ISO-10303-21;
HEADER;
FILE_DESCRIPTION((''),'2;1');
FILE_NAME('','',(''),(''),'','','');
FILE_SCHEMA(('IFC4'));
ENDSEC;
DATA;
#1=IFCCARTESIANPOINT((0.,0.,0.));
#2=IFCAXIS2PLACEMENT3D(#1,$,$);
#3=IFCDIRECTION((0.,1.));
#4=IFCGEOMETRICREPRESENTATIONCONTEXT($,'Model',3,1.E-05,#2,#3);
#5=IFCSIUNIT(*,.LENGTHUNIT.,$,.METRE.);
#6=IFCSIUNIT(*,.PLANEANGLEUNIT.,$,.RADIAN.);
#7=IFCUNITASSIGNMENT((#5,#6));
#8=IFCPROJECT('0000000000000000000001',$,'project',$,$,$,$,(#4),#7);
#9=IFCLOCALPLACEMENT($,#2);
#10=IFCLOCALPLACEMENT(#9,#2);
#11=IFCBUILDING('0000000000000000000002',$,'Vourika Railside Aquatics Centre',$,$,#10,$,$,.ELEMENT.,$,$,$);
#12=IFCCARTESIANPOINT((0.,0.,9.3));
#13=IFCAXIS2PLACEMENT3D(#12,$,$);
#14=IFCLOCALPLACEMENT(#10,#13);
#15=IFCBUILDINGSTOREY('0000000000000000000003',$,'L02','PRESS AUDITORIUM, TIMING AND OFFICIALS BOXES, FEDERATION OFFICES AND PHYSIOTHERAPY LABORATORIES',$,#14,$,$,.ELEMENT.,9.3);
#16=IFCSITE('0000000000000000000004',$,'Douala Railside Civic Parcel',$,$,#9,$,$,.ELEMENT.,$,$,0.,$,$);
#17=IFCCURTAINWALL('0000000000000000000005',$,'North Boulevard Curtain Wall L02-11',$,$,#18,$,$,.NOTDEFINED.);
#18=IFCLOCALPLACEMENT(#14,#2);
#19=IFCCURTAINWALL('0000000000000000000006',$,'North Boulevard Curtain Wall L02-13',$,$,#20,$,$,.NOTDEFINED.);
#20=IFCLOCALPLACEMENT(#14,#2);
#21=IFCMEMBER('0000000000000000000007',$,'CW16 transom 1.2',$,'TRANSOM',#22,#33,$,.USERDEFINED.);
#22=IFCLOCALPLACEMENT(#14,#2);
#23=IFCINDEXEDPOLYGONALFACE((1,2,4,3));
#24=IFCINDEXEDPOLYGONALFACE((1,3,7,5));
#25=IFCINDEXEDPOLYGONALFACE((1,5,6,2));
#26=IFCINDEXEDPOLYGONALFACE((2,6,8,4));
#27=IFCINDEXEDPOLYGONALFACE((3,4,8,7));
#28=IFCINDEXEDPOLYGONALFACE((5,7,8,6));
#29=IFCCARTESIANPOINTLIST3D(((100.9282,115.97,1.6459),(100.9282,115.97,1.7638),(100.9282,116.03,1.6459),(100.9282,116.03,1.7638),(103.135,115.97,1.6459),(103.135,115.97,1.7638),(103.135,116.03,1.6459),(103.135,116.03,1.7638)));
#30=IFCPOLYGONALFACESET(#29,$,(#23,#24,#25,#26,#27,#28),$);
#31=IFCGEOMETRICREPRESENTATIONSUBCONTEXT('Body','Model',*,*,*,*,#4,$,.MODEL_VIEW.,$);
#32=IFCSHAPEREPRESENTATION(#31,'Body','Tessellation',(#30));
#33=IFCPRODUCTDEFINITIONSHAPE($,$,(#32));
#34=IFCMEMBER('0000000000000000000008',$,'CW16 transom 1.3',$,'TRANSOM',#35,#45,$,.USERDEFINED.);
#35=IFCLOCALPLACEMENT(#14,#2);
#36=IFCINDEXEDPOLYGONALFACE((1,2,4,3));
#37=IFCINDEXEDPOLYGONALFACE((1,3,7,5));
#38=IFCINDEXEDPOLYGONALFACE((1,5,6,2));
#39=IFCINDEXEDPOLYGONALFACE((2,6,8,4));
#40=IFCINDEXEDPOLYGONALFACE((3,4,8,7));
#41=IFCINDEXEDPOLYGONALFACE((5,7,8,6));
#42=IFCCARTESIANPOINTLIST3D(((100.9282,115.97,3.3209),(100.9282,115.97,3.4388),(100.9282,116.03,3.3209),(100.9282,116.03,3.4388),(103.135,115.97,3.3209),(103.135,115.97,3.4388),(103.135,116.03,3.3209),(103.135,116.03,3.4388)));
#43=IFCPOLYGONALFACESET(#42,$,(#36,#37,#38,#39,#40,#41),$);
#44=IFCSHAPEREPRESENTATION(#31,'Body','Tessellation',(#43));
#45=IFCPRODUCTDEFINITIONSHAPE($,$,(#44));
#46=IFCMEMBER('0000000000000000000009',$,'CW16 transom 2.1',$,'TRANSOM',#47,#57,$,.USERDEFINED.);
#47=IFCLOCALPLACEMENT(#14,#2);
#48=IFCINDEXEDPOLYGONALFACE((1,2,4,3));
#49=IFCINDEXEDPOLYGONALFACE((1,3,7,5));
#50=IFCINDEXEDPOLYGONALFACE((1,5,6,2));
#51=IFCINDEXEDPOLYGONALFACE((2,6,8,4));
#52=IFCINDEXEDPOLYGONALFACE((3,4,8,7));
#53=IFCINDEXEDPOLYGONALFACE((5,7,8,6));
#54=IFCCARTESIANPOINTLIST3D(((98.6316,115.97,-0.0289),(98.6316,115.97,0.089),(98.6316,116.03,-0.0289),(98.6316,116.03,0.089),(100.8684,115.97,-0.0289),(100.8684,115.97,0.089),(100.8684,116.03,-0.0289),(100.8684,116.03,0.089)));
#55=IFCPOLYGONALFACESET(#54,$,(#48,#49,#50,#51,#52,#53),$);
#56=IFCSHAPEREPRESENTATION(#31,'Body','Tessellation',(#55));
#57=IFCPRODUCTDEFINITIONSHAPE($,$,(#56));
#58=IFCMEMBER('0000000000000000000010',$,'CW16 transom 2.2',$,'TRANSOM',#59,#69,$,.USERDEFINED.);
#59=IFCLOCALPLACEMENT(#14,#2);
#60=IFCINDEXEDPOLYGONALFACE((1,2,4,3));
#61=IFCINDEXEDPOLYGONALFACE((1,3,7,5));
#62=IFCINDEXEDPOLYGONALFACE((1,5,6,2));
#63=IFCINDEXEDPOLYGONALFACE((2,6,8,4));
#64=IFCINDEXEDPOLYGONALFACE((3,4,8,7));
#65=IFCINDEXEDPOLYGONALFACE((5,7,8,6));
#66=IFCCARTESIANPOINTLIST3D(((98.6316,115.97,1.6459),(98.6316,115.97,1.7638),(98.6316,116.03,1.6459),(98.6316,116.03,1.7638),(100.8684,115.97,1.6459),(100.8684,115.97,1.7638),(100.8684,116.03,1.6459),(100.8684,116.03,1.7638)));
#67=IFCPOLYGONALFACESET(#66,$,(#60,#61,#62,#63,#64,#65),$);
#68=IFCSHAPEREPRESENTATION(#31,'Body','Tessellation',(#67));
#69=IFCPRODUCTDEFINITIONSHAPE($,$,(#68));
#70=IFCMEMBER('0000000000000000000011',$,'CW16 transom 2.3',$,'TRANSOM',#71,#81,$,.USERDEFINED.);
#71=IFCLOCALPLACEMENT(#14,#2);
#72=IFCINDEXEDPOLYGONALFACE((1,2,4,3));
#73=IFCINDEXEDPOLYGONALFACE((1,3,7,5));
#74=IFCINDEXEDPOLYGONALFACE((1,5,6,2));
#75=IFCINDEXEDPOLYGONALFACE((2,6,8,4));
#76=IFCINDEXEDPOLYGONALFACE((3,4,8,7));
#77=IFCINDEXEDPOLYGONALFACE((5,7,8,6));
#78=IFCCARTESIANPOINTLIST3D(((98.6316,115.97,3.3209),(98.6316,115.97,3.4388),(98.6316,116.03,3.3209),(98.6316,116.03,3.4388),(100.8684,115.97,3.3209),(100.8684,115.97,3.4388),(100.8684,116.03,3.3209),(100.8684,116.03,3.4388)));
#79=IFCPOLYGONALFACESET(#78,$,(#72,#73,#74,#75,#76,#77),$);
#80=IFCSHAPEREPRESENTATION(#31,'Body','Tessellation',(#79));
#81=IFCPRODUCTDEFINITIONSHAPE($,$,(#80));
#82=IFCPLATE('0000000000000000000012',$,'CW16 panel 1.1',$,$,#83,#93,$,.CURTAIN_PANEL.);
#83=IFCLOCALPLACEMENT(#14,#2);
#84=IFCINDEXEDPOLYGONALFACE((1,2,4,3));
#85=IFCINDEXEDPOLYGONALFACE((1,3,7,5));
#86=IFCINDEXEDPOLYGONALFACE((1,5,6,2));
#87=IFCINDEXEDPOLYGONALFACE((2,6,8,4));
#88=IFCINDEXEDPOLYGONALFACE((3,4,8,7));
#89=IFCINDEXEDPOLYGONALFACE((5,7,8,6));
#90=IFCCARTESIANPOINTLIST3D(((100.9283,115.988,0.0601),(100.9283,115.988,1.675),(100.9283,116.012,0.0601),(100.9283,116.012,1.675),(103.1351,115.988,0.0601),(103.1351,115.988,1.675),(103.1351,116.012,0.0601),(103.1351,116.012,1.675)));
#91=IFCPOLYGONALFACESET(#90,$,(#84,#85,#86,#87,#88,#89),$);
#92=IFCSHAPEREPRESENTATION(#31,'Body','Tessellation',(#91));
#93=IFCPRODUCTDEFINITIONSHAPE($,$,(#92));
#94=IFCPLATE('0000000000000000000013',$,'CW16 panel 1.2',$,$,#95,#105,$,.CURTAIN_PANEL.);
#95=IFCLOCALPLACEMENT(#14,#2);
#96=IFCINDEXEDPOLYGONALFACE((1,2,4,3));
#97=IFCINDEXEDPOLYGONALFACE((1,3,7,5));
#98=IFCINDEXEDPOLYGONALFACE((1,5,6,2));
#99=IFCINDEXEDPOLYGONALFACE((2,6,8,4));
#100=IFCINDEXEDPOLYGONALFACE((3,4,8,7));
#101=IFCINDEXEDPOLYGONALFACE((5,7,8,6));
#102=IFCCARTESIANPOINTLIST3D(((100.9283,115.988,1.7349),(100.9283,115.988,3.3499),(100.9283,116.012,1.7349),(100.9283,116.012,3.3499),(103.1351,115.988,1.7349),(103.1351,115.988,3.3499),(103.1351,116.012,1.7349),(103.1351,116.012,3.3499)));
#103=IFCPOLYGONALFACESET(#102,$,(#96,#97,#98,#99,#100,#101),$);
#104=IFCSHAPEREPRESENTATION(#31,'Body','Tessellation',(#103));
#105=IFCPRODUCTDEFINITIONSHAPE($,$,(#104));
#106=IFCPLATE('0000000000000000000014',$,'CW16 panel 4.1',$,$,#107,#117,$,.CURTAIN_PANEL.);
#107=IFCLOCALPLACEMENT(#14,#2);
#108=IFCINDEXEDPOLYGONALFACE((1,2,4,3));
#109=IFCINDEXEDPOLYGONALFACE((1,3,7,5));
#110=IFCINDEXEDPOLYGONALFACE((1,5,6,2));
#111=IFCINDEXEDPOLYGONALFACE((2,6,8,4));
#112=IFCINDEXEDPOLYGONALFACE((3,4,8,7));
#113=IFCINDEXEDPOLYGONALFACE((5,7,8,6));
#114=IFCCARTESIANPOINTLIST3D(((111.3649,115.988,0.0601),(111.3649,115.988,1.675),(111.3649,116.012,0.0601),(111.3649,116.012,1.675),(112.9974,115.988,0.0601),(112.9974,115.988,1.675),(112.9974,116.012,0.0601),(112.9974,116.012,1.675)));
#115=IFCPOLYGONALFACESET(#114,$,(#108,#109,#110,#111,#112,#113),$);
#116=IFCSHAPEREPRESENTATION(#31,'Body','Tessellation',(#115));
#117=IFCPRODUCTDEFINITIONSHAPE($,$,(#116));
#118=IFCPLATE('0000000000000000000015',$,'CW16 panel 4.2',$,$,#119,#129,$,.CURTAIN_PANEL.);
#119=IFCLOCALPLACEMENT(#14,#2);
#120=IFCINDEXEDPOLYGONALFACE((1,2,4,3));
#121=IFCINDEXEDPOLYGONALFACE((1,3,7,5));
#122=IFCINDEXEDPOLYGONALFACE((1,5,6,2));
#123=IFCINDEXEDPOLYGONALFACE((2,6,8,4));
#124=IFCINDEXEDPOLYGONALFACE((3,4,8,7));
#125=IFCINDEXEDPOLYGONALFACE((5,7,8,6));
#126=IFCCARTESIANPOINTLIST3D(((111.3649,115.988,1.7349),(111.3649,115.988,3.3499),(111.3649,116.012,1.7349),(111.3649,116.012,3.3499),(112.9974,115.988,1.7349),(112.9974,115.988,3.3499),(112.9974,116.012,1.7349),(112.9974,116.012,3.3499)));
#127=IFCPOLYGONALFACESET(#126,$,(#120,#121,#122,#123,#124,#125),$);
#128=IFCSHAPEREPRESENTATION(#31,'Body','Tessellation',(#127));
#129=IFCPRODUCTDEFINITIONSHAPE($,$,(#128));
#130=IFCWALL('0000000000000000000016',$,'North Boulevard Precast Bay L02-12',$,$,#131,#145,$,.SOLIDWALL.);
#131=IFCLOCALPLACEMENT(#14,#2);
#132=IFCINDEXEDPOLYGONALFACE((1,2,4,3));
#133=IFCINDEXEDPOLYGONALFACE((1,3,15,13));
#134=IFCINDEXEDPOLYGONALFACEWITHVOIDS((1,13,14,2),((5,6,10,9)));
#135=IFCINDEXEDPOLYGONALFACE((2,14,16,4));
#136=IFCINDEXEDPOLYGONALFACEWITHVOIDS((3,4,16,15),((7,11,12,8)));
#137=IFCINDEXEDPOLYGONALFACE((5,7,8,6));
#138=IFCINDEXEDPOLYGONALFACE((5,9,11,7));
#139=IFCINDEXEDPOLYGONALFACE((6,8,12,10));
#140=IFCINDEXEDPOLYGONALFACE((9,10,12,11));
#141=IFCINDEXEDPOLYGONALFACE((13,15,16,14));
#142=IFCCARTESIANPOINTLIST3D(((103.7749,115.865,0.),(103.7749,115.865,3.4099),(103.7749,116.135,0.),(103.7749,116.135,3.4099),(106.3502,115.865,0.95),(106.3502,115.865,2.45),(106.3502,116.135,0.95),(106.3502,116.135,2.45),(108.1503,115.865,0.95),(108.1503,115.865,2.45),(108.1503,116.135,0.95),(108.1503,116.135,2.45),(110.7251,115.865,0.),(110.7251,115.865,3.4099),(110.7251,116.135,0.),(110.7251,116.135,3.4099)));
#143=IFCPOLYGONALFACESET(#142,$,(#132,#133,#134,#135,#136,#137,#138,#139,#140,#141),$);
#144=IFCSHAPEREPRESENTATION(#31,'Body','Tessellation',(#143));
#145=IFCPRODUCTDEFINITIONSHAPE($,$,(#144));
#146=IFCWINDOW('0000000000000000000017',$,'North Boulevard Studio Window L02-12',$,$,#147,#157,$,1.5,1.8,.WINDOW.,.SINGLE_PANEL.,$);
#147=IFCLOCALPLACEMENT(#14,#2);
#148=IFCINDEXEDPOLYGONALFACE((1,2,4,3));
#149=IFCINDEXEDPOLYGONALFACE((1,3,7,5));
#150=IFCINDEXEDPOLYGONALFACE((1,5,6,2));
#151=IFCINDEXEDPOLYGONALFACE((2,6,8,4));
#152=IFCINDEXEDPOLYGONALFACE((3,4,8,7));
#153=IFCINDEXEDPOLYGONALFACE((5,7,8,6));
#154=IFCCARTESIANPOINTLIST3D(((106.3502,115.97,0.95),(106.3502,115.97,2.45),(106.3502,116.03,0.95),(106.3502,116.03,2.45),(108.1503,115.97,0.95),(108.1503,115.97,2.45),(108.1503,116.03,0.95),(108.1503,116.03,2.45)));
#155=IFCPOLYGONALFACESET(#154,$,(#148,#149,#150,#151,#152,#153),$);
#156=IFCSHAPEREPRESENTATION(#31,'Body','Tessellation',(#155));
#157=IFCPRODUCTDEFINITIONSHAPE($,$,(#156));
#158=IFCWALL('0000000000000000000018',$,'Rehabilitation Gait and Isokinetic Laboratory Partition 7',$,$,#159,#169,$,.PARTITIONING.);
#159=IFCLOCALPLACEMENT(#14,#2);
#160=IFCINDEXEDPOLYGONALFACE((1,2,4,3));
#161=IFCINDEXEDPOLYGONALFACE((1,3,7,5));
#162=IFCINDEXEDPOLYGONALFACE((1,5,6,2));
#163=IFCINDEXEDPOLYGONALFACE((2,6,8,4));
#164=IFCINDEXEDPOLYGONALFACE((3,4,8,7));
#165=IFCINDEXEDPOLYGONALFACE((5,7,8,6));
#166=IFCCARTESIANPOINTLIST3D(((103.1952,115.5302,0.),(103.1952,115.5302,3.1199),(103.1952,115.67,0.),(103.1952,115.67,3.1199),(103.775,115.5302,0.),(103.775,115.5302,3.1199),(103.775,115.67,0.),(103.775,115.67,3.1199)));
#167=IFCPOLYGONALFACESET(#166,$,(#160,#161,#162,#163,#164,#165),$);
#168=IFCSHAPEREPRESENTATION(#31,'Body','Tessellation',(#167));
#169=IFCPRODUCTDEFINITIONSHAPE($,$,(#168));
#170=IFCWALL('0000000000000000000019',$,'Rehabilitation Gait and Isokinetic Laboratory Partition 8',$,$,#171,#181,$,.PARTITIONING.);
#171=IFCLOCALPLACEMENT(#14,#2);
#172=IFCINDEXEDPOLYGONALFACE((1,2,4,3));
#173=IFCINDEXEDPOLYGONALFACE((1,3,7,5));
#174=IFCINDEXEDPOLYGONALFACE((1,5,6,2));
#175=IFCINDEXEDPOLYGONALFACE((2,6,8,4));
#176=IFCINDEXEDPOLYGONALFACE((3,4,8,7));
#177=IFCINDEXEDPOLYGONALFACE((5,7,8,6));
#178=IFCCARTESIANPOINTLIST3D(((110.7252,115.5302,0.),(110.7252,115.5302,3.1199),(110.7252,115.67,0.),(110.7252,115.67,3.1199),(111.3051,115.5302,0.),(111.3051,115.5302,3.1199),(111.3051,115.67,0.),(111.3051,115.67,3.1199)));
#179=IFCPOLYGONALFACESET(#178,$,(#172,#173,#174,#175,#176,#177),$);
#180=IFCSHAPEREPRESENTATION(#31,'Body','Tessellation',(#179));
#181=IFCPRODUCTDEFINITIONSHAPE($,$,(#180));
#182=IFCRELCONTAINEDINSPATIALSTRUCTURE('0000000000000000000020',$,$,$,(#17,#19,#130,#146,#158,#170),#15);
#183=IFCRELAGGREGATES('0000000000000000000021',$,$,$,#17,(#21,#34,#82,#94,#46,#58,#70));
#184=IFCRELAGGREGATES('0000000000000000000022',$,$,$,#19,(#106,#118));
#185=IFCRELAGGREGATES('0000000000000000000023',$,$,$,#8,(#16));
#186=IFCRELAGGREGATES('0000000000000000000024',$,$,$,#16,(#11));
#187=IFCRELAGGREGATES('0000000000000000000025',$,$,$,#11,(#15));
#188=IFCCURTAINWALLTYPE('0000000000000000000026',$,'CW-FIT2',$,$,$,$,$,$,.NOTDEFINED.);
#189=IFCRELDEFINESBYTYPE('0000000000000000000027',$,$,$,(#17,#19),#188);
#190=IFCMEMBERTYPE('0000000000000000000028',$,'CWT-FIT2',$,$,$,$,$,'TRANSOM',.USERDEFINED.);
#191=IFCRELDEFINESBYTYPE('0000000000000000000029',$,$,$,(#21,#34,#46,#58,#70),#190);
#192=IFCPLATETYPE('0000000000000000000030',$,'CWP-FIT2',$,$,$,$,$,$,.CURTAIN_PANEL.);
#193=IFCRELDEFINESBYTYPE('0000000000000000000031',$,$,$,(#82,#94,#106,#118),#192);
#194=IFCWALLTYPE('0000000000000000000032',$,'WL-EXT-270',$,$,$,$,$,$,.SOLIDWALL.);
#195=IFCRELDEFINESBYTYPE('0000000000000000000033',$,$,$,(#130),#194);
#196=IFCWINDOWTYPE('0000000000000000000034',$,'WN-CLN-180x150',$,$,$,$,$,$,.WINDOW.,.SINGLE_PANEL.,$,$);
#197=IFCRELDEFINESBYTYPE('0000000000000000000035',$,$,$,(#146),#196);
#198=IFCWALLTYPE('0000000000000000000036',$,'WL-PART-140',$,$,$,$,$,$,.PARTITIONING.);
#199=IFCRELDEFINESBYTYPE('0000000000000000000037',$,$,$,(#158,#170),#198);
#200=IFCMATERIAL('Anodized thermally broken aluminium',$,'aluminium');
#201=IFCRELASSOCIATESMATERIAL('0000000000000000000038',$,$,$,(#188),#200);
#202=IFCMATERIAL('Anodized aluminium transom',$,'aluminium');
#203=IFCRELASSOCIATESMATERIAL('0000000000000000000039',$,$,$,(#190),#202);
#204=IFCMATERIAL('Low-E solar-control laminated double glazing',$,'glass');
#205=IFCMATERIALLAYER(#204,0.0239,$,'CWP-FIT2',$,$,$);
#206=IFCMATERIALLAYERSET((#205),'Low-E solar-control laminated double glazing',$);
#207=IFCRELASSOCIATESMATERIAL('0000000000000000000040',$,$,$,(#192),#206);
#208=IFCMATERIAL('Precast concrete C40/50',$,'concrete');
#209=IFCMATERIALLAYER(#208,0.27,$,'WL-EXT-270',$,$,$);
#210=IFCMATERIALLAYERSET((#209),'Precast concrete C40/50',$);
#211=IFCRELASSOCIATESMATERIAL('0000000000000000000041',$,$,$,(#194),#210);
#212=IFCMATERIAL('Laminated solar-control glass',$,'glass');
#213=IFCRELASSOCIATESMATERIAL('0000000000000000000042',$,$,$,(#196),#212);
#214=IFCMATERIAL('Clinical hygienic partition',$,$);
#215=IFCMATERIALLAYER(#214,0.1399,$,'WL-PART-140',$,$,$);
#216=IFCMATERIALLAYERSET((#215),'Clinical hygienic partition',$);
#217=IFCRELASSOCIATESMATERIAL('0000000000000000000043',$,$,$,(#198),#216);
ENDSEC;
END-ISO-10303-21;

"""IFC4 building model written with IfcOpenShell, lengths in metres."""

from ifc_helpers import new_model, si_unit, direction, frame, frame_2d, origin, origin_2d, place, context, subcontext, project, spatial, rectangle, extrude, material, layer, layer_set, material_profile, profile_set, type_object, element, fill, aggregate, save


model = new_model("IFC4")

# Units and contexts
model_context = context("Model", 3, precision=1e-05, world=origin(), true_north=direction((0.0, 1.0)))
body_context = subcontext(model_context, "Body", "Model", "MODEL_VIEW")
ifc_project = project(units=[si_unit("LENGTHUNIT", "METRE"), si_unit("PLANEANGLEUNIT", "RADIAN")], contexts=[model_context])

# Site, building, storey
site_placement = place(None, origin())
site = spatial("IfcSite", under=ifc_project, at=site_placement, Name="Douala Railside Civic Parcel", CompositionType="ELEMENT", RefElevation=0.0)
building_placement = place(site_placement, origin())
building = spatial("IfcBuilding", under=site, at=building_placement, Name="Vourika Railside Aquatics Centre", CompositionType="ELEMENT")
storey_placement = place(building_placement, frame((0.0, 0.0, 9.3)))
storey = spatial("IfcBuildingStorey", under=building, at=storey_placement, Name="L02", Description="PRESS AUDITORIUM, TIMING AND OFFICIALS BOXES, FEDERATION OFFICES AND PHYSIOTHERAPY LABORATORIES", CompositionType="ELEMENT", Elevation=9.3)

# Curtain wall
ifc_material_1 = material(Name="Anodized thermally broken aluminium", Category="aluminium")
curtain_wall_type = type_object("IfcCurtainWallType", Name="CW-FIT2", PredefinedType="NOTDEFINED", material=ifc_material_1)
curtain_wall_1_placement = place(storey_placement, origin())
curtain_wall_1 = element("IfcCurtainWall", 1, at=curtain_wall_1_placement, inside=storey, type_object=curtain_wall_type, Name="North Boulevard Curtain Wall L02-11", PredefinedType="NOTDEFINED")

# Curtain wall
curtain_wall_2_placement = place(storey_placement, origin())
curtain_wall_2 = element("IfcCurtainWall", 2, at=curtain_wall_2_placement, inside=storey, type_object=curtain_wall_type, Name="North Boulevard Curtain Wall L02-13", PredefinedType="NOTDEFINED")

# Members
ifc_material_2 = material(Name="Anodized aluminium transom", Category="aluminium")
ifc_material_profile_1 = material_profile(ifc_material_2, rectangle(XDim=0.0601, YDim=0.1179, at=origin_2d()), Name="ALU-T 60x118")
ifc_profile_set_1 = profile_set([ifc_material_profile_1], Name="Anodized aluminium transom")
member_type_1 = type_object("IfcMemberType", Name="CWT-FIT2", ElementType="TRANSOM", PredefinedType="USERDEFINED", material=ifc_profile_set_1)
member_1_placement = place(storey_placement, frame((103.135, 116.0, 1.7048), z_axis=(-1.0, 0.0, 0.0), x_axis=(0.0, -1.0, 0.0)))
member_1 = element("IfcMember", 3, at=member_1_placement, type_object=member_type_1, Name="CW16 transom 1.2", ObjectType="TRANSOM", PredefinedType="USERDEFINED", context=body_context, shape_type="SweptSolid", body=[
    extrude(rectangle(XDim=0.0601, YDim=0.1179, at=origin_2d()), origin(), (0.0, 0.0, 1.0), 2.2068),
])
member_2_placement = place(storey_placement, frame((103.135, 116.0, 3.3799), z_axis=(-1.0, 0.0, 0.0), x_axis=(0.0, -1.0, 0.0)))
member_2 = element("IfcMember", 4, at=member_2_placement, type_object=member_type_1, Name="CW16 transom 1.3", ObjectType="TRANSOM", PredefinedType="USERDEFINED", context=body_context, shape_type="SweptSolid", body=[
    extrude(rectangle(XDim=0.0601, YDim=0.1179, at=origin_2d()), origin(), (0.0, 0.0, 1.0), 2.2068),
])
member_3_placement = place(storey_placement, frame((100.8684, 116.0, 0.03), z_axis=(-1.0, 0.0, 0.0), x_axis=(0.0, -1.0, 0.0)))
member_3 = element("IfcMember", 5, at=member_3_placement, type_object=member_type_1, Name="CW16 transom 2.1", ObjectType="TRANSOM", PredefinedType="USERDEFINED", context=body_context, shape_type="SweptSolid", body=[
    extrude(rectangle(XDim=0.0601, YDim=0.1179, at=origin_2d()), origin(), (0.0, 0.0, 1.0), 2.2368),
])
member_4_placement = place(storey_placement, frame((100.8684, 116.0, 1.7048), z_axis=(-1.0, 0.0, 0.0), x_axis=(0.0, -1.0, 0.0)))
member_4 = element("IfcMember", 6, at=member_4_placement, type_object=member_type_1, Name="CW16 transom 2.2", ObjectType="TRANSOM", PredefinedType="USERDEFINED", context=body_context, shape_type="SweptSolid", body=[
    extrude(rectangle(XDim=0.0601, YDim=0.1179, at=origin_2d()), origin(), (0.0, 0.0, 1.0), 2.2368),
])
member_5_placement = place(storey_placement, frame((100.8684, 116.0, 3.3799), z_axis=(-1.0, 0.0, 0.0), x_axis=(0.0, -1.0, 0.0)))
member_5 = element("IfcMember", 7, at=member_5_placement, type_object=member_type_1, Name="CW16 transom 2.3", ObjectType="TRANSOM", PredefinedType="USERDEFINED", context=body_context, shape_type="SweptSolid", body=[
    extrude(rectangle(XDim=0.0601, YDim=0.1179, at=origin_2d()), origin(), (0.0, 0.0, 1.0), 2.2368),
])

# Plates
ifc_material_3 = material(Name="Low-E solar-control laminated double glazing", Category="glass")
ifc_layer_1 = layer(ifc_material_3, 0.0239, Name="CWP-FIT2")
ifc_layer_set_1 = layer_set([ifc_layer_1], Name="Low-E solar-control laminated double glazing")
plate_type = type_object("IfcPlateType", Name="CWP-FIT2", PredefinedType="CURTAIN_PANEL", material=ifc_layer_set_1)
plate_1_placement = place(storey_placement, frame((102.0317, 116.0, 0.0601), z_axis=(0.0, 0.0, 1.0), x_axis=(-1.0, 0.0, 0.0)))
plate_1 = element("IfcPlate", 8, at=plate_1_placement, type_object=plate_type, Name="CW16 panel 1.1", PredefinedType="CURTAIN_PANEL", context=body_context, shape_type="SweptSolid", body=[
    extrude(rectangle(XDim=2.2068, YDim=0.0239, at=origin_2d()), origin(), (0.0, 0.0, 1.0), 1.615),
])
plate_2_placement = place(storey_placement, frame((102.0317, 116.0, 1.7349), z_axis=(0.0, 0.0, 1.0), x_axis=(-1.0, 0.0, 0.0)))
plate_2 = element("IfcPlate", 9, at=plate_2_placement, type_object=plate_type, Name="CW16 panel 1.2", PredefinedType="CURTAIN_PANEL", context=body_context, shape_type="SweptSolid", body=[
    extrude(rectangle(XDim=2.2068, YDim=0.0239, at=origin_2d()), origin(), (0.0, 0.0, 1.0), 1.615),
])
aggregate(curtain_wall_1, [member_1, member_2, plate_1, plate_2, member_3, member_4, member_5])
plate_3_placement = place(storey_placement, frame((112.1812, 116.0, 0.0601), z_axis=(0.0, 0.0, 1.0), x_axis=(-1.0, 0.0, 0.0)))
plate_3 = element("IfcPlate", 10, at=plate_3_placement, type_object=plate_type, Name="CW16 panel 4.1", PredefinedType="CURTAIN_PANEL", context=body_context, shape_type="SweptSolid", body=[
    extrude(rectangle(XDim=1.6326, YDim=0.0239, at=origin_2d()), origin(), (0.0, 0.0, 1.0), 1.615),
])
plate_4_placement = place(storey_placement, frame((112.1812, 116.0, 1.7349), z_axis=(0.0, 0.0, 1.0), x_axis=(-1.0, 0.0, 0.0)))
plate_4 = element("IfcPlate", 11, at=plate_4_placement, type_object=plate_type, Name="CW16 panel 4.2", PredefinedType="CURTAIN_PANEL", context=body_context, shape_type="SweptSolid", body=[
    extrude(rectangle(XDim=1.6326, YDim=0.0239, at=origin_2d()), origin(), (0.0, 0.0, 1.0), 1.615),
])
aggregate(curtain_wall_2, [plate_3, plate_4])

# Wall, opening, window
ifc_material_4 = material(Name="Precast concrete C40/50", Category="concrete")
ifc_layer_2 = layer(ifc_material_4, 0.27, Name="WL-EXT-270")
ifc_layer_set_2 = layer_set([ifc_layer_2], Name="Precast concrete C40/50")
wall_type_1 = type_object("IfcWallType", Name="WL-EXT-270", PredefinedType="SOLIDWALL", material=ifc_layer_set_2)
wall_placement = place(storey_placement, frame((110.7251, 116.0, 0.0), z_axis=(0.0, 0.0, 1.0), x_axis=(-1.0, 0.0, 0.0)))
wall = element("IfcWall", 12, at=wall_placement, inside=storey, type_object=wall_type_1, Name="North Boulevard Precast Bay L02-12", PredefinedType="SOLIDWALL", context=body_context, shape_type="SweptSolid", body=[
    extrude(rectangle(XDim=6.9502, YDim=0.27, at=frame_2d((3.4751, 0.0))), origin(), (0.0, 0.0, 1.0), 3.4099),
])
opening_placement = place(wall_placement, frame((2.575, 0.0, 0.95)))
opening = element("IfcOpeningElement", 13, at=opening_placement, cuts=wall, PredefinedType="OPENING", context=body_context, shape_type="SweptSolid", body=[
    extrude(rectangle(XDim=1.8, YDim=1.5, at=frame_2d((0.8999, 0.75))), frame((0.0, 0.145, 0.0), z_axis=(0.0, -1.0, 0.0), x_axis=(1.0, 0.0, 0.0)), (0.0, 0.0, 1.0), 0.29),
])
ifc_material_5 = material(Name="Laminated solar-control glass", Category="glass")
window_type = type_object("IfcWindowType", Name="WN-CLN-180x150", PartitioningType="SINGLE_PANEL", PredefinedType="WINDOW", material=ifc_material_5)
window_placement = place(opening_placement, origin())
window = element("IfcWindow", 14, at=window_placement, inside=storey, type_object=window_type, Name="North Boulevard Studio Window L02-12", OverallHeight=1.5, OverallWidth=1.8, PartitioningType="SINGLE_PANEL", PredefinedType="WINDOW", context=body_context, shape_type="SweptSolid", body=[
    extrude(rectangle(XDim=1.8, YDim=1.5, at=frame_2d((0.8999, 0.75))), frame((0.0, 0.03, 0.0), z_axis=(0.0, -1.0, 0.0), x_axis=(1.0, 0.0, 0.0)), (0.0, 0.0, 1.0), 0.0601),
])
fill(opening, window)

# Walls
ifc_material_6 = material(Name="Clinical hygienic partition")
ifc_layer_3 = layer(ifc_material_6, 0.1399, Name="WL-PART-140")
ifc_layer_set_3 = layer_set([ifc_layer_3], Name="Clinical hygienic partition")
wall_type_2 = type_object("IfcWallType", Name="WL-PART-140", PredefinedType="PARTITIONING", material=ifc_layer_set_3)
for number, where, z_axis, x_axis, name in (
    (15, (103.1951, 115.6001, 0.0), (0.0, 0.0, 1.0), (1.0, 0.0, 0.0), "Rehabilitation Gait and Isokinetic Laboratory Partition 7"),
    (16, (110.7251, 115.6001, 0.0), (0.0, 0.0, 1.0), (1.0, 0.0, 0.0), "Rehabilitation Gait and Isokinetic Laboratory Partition 8"),
):
    element("IfcWall", number, at=place(storey_placement, frame(where, z_axis=z_axis, x_axis=x_axis)), inside=storey, type_object=wall_type_2, Name=name, PredefinedType="PARTITIONING", context=body_context, shape_type="SweptSolid", body=[
        extrude(rectangle(XDim=0.5798, YDim=0.1399, at=frame_2d((0.29, 0.0))), origin(), (0.0, 0.0, 1.0), 3.1199),
    ])

save(model, "model.ifc")
